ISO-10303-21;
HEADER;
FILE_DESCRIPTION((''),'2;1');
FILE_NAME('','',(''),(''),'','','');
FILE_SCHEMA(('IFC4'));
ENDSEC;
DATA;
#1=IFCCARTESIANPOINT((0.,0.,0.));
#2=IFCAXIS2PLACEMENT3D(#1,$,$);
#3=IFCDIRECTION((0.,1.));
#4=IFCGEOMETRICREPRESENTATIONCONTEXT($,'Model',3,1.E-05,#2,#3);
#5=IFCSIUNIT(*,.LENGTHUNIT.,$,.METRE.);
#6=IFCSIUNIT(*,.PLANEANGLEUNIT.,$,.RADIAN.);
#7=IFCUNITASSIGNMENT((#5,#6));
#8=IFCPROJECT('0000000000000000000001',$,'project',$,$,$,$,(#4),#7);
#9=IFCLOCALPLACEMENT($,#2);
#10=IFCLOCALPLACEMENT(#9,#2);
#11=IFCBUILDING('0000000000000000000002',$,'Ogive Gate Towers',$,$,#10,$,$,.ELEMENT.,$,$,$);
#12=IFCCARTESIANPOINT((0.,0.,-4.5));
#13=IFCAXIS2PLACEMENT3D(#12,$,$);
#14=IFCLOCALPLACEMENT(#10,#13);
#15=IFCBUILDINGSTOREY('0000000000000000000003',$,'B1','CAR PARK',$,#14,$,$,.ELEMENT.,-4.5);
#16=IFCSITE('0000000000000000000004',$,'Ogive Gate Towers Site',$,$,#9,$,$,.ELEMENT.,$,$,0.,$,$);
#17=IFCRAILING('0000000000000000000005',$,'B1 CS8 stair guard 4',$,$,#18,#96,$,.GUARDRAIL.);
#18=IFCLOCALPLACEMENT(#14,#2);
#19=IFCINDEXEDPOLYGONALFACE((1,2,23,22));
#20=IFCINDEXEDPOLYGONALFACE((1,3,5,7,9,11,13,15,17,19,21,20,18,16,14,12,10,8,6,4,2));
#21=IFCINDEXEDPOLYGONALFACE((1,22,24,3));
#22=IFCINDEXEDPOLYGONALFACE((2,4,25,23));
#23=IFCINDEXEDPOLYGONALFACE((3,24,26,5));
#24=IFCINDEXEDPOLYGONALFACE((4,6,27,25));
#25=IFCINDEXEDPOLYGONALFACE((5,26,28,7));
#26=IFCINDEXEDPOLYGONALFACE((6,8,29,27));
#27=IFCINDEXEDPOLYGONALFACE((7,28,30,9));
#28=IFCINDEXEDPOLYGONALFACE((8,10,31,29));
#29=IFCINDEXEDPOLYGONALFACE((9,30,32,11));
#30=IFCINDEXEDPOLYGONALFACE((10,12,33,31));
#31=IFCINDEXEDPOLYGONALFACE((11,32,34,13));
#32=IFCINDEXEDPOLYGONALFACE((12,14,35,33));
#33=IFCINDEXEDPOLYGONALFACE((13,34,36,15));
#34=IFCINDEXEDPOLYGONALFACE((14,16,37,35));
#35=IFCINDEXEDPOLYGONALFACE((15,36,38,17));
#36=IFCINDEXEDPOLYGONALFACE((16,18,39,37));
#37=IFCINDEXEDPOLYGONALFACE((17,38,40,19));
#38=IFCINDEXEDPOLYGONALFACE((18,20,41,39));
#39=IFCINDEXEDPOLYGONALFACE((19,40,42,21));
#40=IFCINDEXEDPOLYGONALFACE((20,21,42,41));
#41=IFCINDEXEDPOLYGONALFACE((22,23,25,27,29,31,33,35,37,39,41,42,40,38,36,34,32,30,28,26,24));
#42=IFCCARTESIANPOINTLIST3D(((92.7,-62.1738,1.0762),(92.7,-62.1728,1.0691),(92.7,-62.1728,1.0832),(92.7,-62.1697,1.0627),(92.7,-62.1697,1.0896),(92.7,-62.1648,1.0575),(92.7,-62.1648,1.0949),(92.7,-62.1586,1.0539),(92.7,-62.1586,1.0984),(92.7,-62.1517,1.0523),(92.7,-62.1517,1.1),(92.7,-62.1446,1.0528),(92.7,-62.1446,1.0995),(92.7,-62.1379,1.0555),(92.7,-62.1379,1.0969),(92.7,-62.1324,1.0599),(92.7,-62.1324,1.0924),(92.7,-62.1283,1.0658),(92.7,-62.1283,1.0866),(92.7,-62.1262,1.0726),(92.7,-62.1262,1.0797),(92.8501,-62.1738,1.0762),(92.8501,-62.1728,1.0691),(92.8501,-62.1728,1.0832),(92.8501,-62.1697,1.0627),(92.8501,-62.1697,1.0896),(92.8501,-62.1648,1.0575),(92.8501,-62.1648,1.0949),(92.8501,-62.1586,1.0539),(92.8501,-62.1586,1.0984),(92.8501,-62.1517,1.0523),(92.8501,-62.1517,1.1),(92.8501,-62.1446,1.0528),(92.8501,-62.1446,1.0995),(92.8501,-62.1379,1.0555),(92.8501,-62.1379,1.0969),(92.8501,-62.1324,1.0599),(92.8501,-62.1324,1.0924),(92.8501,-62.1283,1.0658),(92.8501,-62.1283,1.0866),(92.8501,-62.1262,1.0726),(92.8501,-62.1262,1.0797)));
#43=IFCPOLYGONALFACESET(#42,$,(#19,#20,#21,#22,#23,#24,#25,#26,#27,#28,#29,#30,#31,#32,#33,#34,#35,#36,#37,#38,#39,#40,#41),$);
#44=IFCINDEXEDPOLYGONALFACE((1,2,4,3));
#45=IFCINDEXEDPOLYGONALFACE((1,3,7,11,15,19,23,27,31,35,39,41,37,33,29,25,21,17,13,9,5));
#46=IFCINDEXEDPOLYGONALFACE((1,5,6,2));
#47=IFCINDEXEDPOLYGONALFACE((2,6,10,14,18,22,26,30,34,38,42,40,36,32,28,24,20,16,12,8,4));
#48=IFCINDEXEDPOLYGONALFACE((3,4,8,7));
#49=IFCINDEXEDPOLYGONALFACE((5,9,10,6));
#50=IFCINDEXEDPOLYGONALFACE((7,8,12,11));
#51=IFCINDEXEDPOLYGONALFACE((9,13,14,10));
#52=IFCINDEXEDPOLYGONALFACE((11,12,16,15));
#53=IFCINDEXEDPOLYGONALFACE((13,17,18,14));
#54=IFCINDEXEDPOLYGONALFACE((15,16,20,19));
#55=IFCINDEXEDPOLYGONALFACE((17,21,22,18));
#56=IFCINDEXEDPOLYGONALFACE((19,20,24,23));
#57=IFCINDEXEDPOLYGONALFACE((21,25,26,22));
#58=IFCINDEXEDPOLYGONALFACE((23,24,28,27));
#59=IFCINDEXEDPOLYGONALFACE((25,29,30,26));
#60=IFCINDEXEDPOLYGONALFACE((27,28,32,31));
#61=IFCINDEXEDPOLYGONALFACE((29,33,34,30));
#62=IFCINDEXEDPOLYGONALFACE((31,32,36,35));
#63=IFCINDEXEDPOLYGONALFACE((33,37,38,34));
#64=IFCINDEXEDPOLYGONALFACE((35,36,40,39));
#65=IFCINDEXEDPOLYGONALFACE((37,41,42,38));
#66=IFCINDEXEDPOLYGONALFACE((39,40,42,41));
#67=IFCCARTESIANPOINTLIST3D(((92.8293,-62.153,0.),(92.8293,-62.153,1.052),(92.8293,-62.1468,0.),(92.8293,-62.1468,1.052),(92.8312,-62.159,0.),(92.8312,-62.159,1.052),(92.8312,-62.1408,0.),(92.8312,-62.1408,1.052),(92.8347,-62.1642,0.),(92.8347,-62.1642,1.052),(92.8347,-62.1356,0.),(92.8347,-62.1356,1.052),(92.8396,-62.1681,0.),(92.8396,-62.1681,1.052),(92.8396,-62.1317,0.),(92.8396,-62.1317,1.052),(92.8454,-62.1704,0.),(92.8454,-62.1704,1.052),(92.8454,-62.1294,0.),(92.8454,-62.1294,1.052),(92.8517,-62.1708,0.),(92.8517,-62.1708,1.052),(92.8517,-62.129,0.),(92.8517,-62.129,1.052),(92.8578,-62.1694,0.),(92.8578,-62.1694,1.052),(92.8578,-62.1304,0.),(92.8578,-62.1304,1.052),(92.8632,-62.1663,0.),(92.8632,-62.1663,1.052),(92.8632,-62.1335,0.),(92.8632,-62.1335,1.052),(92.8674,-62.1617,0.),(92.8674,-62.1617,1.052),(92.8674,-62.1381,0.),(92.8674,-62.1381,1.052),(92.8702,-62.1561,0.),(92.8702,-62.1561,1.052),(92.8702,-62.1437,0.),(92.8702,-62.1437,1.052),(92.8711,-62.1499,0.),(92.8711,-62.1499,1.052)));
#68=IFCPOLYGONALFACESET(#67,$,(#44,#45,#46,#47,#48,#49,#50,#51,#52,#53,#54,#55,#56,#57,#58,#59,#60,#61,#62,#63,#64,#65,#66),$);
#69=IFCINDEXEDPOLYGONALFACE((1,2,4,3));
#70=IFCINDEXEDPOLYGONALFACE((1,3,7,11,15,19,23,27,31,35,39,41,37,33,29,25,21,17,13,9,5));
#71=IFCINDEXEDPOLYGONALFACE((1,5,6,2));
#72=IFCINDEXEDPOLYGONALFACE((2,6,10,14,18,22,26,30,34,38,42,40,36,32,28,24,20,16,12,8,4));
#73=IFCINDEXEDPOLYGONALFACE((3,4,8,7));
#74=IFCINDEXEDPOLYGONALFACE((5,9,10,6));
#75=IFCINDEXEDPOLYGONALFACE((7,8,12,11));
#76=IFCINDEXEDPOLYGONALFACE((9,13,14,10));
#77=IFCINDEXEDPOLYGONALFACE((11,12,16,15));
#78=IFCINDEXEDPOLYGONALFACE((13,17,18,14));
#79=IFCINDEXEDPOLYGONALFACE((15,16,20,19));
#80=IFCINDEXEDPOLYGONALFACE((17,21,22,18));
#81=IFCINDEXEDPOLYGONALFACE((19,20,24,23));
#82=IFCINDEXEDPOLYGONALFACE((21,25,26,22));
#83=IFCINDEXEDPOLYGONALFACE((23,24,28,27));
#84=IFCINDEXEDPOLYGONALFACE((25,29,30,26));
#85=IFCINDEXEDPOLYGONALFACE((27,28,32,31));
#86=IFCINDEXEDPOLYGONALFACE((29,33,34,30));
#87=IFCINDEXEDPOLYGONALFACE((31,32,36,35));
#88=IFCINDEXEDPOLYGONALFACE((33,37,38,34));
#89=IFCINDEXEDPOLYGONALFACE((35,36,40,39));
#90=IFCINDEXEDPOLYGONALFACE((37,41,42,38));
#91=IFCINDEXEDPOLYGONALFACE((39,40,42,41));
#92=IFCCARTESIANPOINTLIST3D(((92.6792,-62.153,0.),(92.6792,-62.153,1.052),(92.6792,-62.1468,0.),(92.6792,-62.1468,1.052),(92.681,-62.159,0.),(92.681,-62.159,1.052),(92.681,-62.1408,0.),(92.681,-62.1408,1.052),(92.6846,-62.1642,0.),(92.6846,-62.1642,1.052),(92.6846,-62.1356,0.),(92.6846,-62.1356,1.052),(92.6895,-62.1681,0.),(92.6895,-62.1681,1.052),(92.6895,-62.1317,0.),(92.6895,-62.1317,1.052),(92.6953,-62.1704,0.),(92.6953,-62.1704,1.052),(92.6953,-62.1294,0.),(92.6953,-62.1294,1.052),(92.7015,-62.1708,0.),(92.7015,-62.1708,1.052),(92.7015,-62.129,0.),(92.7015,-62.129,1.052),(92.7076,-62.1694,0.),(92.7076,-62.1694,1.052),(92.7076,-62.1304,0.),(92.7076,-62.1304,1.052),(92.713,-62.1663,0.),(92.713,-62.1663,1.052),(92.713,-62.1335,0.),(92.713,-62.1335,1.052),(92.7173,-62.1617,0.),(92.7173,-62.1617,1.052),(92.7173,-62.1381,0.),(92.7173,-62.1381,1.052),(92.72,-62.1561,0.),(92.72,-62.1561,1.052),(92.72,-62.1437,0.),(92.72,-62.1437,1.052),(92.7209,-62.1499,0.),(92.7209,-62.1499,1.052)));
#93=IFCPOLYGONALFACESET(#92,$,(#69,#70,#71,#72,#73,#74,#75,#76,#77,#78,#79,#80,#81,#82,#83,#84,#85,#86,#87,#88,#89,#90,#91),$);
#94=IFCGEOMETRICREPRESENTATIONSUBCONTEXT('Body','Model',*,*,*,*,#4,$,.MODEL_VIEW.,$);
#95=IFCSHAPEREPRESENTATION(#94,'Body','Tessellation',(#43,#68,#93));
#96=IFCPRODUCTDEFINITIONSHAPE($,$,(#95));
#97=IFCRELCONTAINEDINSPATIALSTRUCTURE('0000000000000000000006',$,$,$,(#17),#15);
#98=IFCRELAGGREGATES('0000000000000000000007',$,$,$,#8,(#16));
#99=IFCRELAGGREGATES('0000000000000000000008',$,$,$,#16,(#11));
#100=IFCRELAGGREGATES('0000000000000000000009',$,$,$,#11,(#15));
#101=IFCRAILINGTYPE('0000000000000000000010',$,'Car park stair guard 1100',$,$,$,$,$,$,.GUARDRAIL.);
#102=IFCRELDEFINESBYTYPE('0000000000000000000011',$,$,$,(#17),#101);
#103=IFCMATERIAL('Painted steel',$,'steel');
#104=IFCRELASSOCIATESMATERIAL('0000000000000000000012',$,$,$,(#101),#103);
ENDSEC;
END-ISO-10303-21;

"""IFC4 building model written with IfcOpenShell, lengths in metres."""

from ifc_helpers import new_model, si_unit, direction, frame, origin, origin_2d, place, context, subcontext, project, spatial, circle, extrude, material, type_object, element, save


model = new_model("IFC4")

# Units and contexts
model_context = context("Model", 3, precision=1e-05, world=origin(), true_north=direction((0.0, 1.0)))
body_context = subcontext(model_context, "Body", "Model", "MODEL_VIEW")
ifc_project = project(units=[si_unit("LENGTHUNIT", "METRE"), si_unit("PLANEANGLEUNIT", "RADIAN")], contexts=[model_context])

# Site, building, storey
site_placement = place(None, origin())
site = spatial("IfcSite", under=ifc_project, at=site_placement, Name="Ogive Gate Towers Site", CompositionType="ELEMENT", RefElevation=0.0)
building_placement = place(site_placement, origin())
building = spatial("IfcBuilding", under=site, at=building_placement, Name="Ogive Gate Towers", CompositionType="ELEMENT")
storey_placement = place(building_placement, frame((0.0, 0.0, -4.5)))
storey = spatial("IfcBuildingStorey", under=building, at=storey_placement, Name="B1", Description="CAR PARK", CompositionType="ELEMENT", Elevation=-4.5)

# Railing
ifc_material_1 = material(Name="Painted steel", Category="steel")
railing_type_1 = type_object("IfcRailingType", Name="Car park stair guard 1100", PredefinedType="GUARDRAIL", material=ifc_material_1)
railing_1_placement = place(storey_placement, frame((92.8501, -62.1499, 0.0)))
element("IfcRailing", 1, at=railing_1_placement, inside=storey, type_object=railing_type_1, Name="B1 CS8 stair guard 4", PredefinedType="GUARDRAIL", context=body_context, shape_type="SweptSolid", body=[
    extrude(circle(Radius=0.0239, at=origin_2d()), frame((0.0, 0.0, 1.0762), z_axis=(-1.0, 0.0, 0.0), x_axis=(0.0, -1.0, 0.0)), (0.0, 0.0, 1.0), 0.1501),
    extrude(circle(Radius=0.021, at=origin_2d()), origin(), (0.0, 0.0, 1.0), 1.052),
    extrude(circle(Radius=0.021, at=origin_2d()), frame((-0.1501, 0.0, 0.0)), (0.0, 0.0, 1.0), 1.052),
])

save(model, "model.ifc")
